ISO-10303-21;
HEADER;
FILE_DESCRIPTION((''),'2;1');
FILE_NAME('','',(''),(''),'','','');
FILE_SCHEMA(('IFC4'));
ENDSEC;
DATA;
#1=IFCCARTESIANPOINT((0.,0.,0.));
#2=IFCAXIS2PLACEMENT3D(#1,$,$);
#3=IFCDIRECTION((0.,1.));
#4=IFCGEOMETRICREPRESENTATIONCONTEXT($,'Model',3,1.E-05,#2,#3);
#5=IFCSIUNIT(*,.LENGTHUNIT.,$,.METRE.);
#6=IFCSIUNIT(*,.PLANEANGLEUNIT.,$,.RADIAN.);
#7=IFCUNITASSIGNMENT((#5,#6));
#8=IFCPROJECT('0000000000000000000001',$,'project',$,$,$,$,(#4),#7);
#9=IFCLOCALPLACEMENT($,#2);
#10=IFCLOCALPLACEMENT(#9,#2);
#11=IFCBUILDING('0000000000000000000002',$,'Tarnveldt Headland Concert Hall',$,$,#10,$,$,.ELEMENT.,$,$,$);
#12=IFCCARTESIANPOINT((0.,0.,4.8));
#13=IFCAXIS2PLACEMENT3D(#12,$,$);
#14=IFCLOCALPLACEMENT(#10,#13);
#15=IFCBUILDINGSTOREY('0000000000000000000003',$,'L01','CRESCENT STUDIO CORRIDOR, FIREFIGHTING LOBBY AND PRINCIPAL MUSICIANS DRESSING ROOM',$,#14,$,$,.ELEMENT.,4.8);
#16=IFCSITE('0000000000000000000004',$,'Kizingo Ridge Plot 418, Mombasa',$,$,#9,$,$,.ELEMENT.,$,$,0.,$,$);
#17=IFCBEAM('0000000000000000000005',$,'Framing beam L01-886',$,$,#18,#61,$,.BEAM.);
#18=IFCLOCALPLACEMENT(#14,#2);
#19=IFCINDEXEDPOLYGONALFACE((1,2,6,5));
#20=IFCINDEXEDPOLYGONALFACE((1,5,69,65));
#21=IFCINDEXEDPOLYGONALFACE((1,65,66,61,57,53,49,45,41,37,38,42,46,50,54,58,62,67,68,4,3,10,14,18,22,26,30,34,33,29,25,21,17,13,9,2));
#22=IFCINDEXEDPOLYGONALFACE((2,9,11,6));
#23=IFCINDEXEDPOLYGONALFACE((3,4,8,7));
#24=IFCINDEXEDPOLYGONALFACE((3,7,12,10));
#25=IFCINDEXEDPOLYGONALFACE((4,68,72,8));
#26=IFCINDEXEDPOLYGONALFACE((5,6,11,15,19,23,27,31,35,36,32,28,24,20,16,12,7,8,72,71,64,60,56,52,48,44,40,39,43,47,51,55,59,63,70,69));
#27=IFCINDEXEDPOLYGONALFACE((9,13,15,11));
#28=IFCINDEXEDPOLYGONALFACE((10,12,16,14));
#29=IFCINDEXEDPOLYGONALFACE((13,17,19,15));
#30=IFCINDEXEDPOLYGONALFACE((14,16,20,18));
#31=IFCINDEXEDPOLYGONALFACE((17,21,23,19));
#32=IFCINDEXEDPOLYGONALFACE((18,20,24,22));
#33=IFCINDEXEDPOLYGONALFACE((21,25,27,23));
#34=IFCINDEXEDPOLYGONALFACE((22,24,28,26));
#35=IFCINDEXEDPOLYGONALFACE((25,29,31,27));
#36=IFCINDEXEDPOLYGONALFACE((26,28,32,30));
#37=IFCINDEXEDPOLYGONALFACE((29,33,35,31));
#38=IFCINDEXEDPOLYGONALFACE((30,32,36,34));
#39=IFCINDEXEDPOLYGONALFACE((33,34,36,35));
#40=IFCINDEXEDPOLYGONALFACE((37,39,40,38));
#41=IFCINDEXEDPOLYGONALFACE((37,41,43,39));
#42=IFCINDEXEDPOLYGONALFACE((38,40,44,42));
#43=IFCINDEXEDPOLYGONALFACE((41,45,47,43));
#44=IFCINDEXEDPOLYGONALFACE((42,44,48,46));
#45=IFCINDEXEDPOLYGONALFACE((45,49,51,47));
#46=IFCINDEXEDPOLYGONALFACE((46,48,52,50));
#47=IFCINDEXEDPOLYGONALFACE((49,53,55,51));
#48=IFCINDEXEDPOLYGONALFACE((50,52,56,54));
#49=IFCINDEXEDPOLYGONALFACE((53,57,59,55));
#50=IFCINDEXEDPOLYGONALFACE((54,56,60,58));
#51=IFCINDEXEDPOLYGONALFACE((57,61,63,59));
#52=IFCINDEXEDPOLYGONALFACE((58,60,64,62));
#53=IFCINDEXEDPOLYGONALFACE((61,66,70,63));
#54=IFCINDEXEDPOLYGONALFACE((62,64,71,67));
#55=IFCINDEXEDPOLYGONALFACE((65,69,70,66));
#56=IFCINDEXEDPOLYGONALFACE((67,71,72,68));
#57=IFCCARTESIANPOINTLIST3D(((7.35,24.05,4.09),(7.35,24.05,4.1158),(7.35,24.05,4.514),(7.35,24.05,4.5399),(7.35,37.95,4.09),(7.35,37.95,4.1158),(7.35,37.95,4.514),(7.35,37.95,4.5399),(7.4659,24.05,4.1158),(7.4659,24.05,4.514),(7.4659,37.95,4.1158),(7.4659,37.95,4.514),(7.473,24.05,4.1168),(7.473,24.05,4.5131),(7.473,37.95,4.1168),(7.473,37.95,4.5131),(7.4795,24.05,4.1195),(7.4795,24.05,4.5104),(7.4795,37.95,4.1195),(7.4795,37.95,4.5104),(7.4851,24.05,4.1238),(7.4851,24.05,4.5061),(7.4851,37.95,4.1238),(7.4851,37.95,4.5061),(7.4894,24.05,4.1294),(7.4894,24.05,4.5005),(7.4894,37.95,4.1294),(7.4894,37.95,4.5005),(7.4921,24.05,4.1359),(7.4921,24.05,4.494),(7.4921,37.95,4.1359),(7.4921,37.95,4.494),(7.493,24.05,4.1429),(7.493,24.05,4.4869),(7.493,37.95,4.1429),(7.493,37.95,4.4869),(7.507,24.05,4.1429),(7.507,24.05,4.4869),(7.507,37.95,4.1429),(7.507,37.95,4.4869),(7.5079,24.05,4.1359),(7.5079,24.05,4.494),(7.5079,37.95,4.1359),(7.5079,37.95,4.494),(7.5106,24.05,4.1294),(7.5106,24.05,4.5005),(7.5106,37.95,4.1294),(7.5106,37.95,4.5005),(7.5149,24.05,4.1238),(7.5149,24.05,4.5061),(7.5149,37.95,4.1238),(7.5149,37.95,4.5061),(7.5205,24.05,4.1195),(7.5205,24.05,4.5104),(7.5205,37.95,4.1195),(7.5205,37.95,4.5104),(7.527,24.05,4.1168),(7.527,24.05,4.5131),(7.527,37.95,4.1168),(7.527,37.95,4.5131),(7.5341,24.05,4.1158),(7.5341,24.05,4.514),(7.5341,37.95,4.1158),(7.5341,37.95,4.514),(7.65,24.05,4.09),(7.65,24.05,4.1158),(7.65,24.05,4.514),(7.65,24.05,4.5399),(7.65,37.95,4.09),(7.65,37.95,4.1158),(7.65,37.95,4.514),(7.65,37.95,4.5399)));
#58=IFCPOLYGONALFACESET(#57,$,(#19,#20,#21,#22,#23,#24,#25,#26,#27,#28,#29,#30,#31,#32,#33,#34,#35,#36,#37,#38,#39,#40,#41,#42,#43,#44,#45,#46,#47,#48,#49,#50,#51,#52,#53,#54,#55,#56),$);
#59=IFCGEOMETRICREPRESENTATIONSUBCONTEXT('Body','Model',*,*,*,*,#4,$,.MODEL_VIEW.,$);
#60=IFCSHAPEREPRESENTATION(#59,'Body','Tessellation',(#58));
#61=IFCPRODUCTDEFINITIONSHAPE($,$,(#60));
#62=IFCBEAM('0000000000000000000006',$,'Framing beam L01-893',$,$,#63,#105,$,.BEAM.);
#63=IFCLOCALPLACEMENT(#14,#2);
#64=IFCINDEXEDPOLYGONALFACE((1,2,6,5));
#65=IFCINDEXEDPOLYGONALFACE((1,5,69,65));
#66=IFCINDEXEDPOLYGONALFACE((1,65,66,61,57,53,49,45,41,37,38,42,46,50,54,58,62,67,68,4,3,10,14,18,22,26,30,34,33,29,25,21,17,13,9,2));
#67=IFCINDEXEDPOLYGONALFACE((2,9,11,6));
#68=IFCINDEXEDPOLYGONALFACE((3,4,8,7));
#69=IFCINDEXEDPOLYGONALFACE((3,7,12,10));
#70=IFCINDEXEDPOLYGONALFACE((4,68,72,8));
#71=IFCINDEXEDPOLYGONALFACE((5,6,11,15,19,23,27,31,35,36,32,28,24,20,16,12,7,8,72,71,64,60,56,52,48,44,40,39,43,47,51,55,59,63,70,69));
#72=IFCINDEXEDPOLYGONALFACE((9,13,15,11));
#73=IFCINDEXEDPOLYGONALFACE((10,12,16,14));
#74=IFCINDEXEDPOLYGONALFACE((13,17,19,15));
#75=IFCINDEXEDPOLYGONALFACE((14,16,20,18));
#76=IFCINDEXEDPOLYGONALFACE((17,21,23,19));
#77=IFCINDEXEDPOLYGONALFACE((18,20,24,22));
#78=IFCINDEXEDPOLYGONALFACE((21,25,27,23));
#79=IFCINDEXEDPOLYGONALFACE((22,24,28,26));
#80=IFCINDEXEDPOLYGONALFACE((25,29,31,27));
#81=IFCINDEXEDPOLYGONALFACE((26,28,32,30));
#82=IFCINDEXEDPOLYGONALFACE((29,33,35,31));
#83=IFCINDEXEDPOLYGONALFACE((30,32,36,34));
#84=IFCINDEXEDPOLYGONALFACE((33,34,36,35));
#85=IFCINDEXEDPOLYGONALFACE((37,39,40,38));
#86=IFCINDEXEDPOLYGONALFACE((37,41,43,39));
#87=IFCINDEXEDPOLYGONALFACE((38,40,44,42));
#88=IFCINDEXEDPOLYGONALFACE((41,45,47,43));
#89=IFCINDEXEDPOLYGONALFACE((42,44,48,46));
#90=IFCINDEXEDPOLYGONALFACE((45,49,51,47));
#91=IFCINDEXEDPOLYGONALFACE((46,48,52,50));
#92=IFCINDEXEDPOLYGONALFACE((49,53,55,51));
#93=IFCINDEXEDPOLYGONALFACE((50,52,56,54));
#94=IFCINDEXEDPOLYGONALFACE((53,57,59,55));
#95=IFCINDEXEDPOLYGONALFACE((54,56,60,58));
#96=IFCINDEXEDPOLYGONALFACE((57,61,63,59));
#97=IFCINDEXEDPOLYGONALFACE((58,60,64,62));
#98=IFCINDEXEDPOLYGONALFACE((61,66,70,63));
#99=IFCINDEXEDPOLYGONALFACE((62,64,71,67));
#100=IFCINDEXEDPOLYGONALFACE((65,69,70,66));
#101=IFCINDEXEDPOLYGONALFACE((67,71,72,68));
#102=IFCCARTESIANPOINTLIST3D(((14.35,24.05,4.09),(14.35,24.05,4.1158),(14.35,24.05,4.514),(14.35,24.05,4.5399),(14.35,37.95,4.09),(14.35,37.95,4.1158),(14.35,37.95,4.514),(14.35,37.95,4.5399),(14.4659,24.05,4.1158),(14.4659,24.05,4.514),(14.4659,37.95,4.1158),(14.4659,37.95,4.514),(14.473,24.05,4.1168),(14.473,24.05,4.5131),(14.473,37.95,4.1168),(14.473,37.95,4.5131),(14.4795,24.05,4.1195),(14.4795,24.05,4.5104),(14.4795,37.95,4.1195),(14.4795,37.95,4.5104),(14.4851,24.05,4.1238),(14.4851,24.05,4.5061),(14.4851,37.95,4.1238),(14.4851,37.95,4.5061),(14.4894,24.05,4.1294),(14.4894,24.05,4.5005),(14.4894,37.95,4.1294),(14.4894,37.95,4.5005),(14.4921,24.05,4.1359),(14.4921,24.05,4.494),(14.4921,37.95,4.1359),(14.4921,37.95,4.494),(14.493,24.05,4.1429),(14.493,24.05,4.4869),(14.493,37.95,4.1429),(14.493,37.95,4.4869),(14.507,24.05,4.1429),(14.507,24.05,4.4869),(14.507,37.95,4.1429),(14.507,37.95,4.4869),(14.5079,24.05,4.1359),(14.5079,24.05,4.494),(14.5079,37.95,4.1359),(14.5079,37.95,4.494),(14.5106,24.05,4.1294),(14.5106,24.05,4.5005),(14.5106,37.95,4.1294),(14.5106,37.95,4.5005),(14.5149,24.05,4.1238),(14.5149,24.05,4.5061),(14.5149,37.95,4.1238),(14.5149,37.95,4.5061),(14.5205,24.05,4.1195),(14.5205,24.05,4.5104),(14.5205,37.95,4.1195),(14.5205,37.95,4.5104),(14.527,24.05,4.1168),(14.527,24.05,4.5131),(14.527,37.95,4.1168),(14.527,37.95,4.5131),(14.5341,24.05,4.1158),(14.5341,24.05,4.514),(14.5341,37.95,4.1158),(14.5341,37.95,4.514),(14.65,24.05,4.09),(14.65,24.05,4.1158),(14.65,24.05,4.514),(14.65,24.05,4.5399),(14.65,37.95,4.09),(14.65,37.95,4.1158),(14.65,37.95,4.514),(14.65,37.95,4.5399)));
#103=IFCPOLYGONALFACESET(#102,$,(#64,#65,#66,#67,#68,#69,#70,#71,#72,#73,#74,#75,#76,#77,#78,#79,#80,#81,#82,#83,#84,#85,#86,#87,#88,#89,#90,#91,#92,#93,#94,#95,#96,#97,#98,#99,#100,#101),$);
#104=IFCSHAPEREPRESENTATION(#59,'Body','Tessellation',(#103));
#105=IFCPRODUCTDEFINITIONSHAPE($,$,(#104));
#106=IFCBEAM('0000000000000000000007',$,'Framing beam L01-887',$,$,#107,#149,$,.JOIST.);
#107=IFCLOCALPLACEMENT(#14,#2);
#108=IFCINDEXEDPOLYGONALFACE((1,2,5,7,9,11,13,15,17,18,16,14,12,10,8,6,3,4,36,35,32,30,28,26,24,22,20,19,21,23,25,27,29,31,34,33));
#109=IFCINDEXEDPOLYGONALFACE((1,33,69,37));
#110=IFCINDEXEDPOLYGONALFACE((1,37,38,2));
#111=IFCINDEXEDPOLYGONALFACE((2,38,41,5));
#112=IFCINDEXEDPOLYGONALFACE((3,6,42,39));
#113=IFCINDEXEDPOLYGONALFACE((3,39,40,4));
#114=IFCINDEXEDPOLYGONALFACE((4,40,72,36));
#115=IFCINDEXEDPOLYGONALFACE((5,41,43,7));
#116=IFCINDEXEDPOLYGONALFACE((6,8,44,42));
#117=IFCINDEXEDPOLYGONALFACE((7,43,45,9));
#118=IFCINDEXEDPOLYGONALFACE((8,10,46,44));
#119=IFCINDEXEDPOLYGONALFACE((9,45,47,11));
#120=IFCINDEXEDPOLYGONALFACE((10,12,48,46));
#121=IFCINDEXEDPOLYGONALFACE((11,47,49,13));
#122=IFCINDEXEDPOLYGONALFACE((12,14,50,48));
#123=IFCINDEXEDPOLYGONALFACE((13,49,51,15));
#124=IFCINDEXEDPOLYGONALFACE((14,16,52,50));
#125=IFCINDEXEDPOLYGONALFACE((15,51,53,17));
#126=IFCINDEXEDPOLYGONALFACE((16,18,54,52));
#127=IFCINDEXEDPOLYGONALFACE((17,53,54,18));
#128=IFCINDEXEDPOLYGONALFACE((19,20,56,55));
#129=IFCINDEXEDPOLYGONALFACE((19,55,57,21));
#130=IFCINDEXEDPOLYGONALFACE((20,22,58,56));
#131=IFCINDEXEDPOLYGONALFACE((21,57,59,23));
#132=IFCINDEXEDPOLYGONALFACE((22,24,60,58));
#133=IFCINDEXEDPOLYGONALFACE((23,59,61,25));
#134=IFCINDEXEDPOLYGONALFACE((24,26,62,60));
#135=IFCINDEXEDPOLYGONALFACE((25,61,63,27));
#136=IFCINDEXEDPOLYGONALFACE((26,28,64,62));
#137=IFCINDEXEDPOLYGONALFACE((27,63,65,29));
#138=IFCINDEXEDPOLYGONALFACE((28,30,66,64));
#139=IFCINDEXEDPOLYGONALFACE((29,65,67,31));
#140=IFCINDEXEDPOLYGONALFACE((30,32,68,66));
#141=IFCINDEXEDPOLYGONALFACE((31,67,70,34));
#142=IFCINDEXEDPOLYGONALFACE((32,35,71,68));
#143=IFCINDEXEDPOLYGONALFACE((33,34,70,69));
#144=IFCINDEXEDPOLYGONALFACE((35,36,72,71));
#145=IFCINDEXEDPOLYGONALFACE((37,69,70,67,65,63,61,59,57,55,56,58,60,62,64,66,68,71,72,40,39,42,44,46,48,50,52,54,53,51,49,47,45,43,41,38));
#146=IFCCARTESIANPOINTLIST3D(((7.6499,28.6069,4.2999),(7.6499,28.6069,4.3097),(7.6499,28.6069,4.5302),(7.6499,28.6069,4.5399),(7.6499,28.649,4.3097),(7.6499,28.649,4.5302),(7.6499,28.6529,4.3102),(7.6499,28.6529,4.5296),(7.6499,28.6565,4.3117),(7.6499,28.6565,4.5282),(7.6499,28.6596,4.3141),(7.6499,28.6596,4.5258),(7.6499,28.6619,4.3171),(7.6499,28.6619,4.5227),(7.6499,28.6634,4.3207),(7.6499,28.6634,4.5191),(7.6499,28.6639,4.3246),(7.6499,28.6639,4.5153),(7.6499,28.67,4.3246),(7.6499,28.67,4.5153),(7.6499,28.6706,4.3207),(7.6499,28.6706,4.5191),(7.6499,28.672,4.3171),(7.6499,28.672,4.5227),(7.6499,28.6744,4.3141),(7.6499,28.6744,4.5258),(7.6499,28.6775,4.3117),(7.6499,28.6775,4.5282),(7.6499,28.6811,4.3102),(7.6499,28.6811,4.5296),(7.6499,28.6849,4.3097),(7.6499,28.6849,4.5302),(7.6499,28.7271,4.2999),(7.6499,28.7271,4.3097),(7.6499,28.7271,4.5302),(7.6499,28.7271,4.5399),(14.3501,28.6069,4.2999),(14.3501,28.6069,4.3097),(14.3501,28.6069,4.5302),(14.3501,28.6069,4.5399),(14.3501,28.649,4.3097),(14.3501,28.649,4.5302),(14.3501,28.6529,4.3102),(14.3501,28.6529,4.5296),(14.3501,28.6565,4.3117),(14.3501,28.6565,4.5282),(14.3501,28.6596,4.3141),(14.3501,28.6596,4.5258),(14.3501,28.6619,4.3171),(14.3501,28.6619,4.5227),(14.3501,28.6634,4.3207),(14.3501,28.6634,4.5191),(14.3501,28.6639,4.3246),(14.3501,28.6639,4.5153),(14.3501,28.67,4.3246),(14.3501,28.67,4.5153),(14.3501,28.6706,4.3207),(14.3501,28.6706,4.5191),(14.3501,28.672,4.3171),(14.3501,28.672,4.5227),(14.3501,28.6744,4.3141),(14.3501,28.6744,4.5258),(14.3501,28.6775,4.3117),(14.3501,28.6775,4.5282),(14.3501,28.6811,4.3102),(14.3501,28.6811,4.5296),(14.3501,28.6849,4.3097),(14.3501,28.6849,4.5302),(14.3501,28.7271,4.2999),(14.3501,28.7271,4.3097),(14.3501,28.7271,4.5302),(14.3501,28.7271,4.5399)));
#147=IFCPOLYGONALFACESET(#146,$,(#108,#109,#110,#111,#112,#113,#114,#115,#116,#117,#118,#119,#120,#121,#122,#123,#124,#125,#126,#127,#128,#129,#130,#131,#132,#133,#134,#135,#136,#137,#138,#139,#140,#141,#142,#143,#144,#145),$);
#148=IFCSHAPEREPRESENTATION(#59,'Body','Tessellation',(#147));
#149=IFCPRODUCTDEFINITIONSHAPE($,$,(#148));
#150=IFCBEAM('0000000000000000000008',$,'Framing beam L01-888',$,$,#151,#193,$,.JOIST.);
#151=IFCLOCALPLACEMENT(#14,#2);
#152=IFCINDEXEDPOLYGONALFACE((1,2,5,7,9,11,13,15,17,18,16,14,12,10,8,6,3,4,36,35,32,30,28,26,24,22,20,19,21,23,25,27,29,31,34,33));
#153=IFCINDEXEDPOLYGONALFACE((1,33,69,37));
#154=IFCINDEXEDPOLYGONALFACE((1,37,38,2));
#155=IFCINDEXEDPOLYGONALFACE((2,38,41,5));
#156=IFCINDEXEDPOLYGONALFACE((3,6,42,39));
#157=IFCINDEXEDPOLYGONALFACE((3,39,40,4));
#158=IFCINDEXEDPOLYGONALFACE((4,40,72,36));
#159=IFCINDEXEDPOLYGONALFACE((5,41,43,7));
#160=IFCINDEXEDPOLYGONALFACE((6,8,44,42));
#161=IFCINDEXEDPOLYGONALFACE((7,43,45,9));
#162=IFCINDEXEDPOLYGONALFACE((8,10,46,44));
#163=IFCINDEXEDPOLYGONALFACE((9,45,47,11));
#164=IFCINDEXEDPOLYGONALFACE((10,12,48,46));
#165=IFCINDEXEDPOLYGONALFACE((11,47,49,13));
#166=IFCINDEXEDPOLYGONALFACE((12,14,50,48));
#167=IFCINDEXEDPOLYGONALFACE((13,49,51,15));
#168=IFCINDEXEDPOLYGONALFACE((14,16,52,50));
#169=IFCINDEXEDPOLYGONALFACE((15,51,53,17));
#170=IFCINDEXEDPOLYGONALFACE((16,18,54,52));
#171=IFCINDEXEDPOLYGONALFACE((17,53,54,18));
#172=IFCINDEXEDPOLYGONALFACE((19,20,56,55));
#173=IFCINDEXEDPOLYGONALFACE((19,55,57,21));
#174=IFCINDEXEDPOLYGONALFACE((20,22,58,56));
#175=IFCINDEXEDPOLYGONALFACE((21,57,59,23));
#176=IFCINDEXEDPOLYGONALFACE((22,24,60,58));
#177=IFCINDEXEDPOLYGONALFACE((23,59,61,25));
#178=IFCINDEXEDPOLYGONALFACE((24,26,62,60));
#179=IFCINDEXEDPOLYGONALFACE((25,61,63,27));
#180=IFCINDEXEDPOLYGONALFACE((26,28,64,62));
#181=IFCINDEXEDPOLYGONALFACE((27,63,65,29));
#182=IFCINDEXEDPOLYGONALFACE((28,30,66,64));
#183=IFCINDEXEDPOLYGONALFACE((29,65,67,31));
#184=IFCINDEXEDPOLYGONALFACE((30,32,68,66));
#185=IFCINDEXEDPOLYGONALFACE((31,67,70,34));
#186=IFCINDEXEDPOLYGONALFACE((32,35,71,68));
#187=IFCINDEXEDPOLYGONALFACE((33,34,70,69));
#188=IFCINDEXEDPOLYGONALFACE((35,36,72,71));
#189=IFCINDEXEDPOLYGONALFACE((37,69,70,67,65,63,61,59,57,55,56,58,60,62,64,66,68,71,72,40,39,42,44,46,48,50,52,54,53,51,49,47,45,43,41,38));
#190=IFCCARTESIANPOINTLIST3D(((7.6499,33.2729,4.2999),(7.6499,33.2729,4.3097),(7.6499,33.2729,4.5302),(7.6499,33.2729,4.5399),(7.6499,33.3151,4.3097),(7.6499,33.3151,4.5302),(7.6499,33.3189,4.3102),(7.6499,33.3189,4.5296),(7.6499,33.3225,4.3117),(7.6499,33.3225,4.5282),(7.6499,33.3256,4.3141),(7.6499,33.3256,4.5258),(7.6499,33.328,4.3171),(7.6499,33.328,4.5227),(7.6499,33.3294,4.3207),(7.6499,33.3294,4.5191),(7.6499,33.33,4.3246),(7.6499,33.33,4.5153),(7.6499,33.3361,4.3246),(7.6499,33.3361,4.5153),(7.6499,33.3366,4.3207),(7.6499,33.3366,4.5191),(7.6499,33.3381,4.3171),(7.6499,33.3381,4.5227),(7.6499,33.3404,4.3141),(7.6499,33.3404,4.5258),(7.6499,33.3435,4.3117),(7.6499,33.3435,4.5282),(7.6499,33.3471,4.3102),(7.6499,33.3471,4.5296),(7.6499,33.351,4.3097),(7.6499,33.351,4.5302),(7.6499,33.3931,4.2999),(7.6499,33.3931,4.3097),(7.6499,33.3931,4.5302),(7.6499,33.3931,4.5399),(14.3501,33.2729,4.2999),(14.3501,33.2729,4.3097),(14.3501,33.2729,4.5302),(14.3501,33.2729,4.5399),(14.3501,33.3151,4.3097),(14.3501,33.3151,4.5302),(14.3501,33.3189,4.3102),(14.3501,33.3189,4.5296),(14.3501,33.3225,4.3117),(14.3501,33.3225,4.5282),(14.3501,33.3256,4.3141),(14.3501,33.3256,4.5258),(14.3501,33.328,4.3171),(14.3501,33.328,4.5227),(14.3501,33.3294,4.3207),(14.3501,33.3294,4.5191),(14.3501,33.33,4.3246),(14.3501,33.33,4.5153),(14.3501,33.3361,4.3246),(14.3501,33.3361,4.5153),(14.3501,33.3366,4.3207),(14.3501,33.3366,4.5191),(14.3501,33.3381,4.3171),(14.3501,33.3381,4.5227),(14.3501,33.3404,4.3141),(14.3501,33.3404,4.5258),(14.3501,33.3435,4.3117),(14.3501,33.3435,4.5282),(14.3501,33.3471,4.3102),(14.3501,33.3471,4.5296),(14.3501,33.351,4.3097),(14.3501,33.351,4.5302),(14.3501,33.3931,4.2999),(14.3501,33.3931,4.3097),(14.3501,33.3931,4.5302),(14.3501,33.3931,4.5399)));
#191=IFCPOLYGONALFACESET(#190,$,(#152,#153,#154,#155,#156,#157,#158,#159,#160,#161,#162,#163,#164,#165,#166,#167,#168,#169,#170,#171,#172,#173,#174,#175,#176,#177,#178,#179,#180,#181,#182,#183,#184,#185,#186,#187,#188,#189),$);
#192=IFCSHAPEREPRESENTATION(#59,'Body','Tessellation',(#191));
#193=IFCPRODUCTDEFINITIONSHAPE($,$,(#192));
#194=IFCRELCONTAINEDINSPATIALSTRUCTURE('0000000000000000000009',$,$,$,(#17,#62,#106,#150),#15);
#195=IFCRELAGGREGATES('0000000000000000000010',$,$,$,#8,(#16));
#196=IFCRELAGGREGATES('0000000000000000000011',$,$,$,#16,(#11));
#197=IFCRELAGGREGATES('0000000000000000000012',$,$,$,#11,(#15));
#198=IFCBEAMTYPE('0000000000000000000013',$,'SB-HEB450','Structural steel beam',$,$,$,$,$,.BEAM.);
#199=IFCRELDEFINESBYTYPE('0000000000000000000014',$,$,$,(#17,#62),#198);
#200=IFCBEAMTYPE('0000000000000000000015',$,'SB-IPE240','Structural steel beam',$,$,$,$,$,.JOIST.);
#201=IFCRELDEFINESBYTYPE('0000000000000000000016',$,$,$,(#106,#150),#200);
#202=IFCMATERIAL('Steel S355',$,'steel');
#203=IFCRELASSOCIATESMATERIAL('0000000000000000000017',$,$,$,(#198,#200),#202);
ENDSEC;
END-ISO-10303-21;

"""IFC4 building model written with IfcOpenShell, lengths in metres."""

from ifc_helpers import new_model, si_unit, direction, frame, origin, origin_2d, place, context, subcontext, project, spatial, i_section, extrude, material, material_profile, profile_set, type_object, element, save


model = new_model("IFC4")

# Units and contexts
model_context = context("Model", 3, precision=1e-05, world=origin(), true_north=direction((0.0, 1.0)))
body_context = subcontext(model_context, "Body", "Model", "MODEL_VIEW")
ifc_project = project(units=[si_unit("LENGTHUNIT", "METRE"), si_unit("PLANEANGLEUNIT", "RADIAN")], contexts=[model_context])

# Site, building, storey
site_placement = place(None, origin())
site = spatial("IfcSite", under=ifc_project, at=site_placement, Name="Kizingo Ridge Plot 418, Mombasa", CompositionType="ELEMENT", RefElevation=0.0)
building_placement = place(site_placement, origin())
building = spatial("IfcBuilding", under=site, at=building_placement, Name="Tarnveldt Headland Concert Hall", CompositionType="ELEMENT")
storey_placement = place(building_placement, frame((0.0, 0.0, 4.8)))
storey = spatial("IfcBuildingStorey", under=building, at=storey_placement, Name="L01", Description="CRESCENT STUDIO CORRIDOR, FIREFIGHTING LOBBY AND PRINCIPAL MUSICIANS DRESSING ROOM", CompositionType="ELEMENT", Elevation=4.8)

# Shared definitions
ifc_material_1 = material(Name="Steel S355", Category="steel")

# Beams
ifc_material_profile_1 = material_profile(ifc_material_1, i_section(OverallWidth=0.3, OverallDepth=0.45, WebThickness=0.0139, FlangeThickness=0.0259, FilletRadius=0.0271, at=origin_2d()), Name="HEB450", Category="steel")
ifc_profile_set_1 = profile_set([ifc_material_profile_1], Name="Steel S355")
beam_type_1 = type_object("IfcBeamType", Name="SB-HEB450", Description="Structural steel beam", PredefinedType="BEAM", material=ifc_profile_set_1)
for number, where, z_axis, x_axis, name in (
    (1, (7.5, 24.05, 4.3149), (0.0, 1.0, 0.0), (-1.0, 0.0, 0.0), "Framing beam L01-886"),
    (2, (14.5, 24.05, 4.3149), (0.0, 1.0, 0.0), (-1.0, 0.0, 0.0), "Framing beam L01-893"),
):
    element("IfcBeam", number, at=place(storey_placement, frame(where, z_axis=z_axis, x_axis=x_axis)), inside=storey, type_object=beam_type_1, Name=name, PredefinedType="BEAM", context=body_context, shape_type="SweptSolid", body=[
        extrude(i_section(OverallWidth=0.3, OverallDepth=0.45, WebThickness=0.0139, FlangeThickness=0.0259, FilletRadius=0.0271, at=origin_2d()), origin(), (0.0, 0.0, 1.0), 13.8999),
    ])
ifc_material_profile_2 = material_profile(ifc_material_1, i_section(OverallWidth=0.1201, OverallDepth=0.24, WebThickness=0.0061, FlangeThickness=0.0098, FilletRadius=0.0149, at=origin_2d()), Name="IPE240", Category="steel")
ifc_profile_set_2 = profile_set([ifc_material_profile_2], Name="Steel S355")
beam_type_2 = type_object("IfcBeamType", Name="SB-IPE240", Description="Structural steel beam", PredefinedType="JOIST", material=ifc_profile_set_2)
for number, where, z_axis, x_axis, name in (
    (3, (7.6499, 28.667, 4.4199), (1.0, 0.0, 0.0), (0.0, 1.0, 0.0), "Framing beam L01-887"),
    (4, (7.6499, 33.333, 4.4199), (1.0, 0.0, 0.0), (0.0, 1.0, 0.0), "Framing beam L01-888"),
):
    element("IfcBeam", number, at=place(storey_placement, frame(where, z_axis=z_axis, x_axis=x_axis)), inside=storey, type_object=beam_type_2, Name=name, PredefinedType="JOIST", context=body_context, shape_type="SweptSolid", body=[
        extrude(i_section(OverallWidth=0.1201, OverallDepth=0.24, WebThickness=0.0061, FlangeThickness=0.0098, FilletRadius=0.0149, at=origin_2d()), origin(), (0.0, 0.0, 1.0), 6.7002),
    ])

save(model, "model.ifc")
